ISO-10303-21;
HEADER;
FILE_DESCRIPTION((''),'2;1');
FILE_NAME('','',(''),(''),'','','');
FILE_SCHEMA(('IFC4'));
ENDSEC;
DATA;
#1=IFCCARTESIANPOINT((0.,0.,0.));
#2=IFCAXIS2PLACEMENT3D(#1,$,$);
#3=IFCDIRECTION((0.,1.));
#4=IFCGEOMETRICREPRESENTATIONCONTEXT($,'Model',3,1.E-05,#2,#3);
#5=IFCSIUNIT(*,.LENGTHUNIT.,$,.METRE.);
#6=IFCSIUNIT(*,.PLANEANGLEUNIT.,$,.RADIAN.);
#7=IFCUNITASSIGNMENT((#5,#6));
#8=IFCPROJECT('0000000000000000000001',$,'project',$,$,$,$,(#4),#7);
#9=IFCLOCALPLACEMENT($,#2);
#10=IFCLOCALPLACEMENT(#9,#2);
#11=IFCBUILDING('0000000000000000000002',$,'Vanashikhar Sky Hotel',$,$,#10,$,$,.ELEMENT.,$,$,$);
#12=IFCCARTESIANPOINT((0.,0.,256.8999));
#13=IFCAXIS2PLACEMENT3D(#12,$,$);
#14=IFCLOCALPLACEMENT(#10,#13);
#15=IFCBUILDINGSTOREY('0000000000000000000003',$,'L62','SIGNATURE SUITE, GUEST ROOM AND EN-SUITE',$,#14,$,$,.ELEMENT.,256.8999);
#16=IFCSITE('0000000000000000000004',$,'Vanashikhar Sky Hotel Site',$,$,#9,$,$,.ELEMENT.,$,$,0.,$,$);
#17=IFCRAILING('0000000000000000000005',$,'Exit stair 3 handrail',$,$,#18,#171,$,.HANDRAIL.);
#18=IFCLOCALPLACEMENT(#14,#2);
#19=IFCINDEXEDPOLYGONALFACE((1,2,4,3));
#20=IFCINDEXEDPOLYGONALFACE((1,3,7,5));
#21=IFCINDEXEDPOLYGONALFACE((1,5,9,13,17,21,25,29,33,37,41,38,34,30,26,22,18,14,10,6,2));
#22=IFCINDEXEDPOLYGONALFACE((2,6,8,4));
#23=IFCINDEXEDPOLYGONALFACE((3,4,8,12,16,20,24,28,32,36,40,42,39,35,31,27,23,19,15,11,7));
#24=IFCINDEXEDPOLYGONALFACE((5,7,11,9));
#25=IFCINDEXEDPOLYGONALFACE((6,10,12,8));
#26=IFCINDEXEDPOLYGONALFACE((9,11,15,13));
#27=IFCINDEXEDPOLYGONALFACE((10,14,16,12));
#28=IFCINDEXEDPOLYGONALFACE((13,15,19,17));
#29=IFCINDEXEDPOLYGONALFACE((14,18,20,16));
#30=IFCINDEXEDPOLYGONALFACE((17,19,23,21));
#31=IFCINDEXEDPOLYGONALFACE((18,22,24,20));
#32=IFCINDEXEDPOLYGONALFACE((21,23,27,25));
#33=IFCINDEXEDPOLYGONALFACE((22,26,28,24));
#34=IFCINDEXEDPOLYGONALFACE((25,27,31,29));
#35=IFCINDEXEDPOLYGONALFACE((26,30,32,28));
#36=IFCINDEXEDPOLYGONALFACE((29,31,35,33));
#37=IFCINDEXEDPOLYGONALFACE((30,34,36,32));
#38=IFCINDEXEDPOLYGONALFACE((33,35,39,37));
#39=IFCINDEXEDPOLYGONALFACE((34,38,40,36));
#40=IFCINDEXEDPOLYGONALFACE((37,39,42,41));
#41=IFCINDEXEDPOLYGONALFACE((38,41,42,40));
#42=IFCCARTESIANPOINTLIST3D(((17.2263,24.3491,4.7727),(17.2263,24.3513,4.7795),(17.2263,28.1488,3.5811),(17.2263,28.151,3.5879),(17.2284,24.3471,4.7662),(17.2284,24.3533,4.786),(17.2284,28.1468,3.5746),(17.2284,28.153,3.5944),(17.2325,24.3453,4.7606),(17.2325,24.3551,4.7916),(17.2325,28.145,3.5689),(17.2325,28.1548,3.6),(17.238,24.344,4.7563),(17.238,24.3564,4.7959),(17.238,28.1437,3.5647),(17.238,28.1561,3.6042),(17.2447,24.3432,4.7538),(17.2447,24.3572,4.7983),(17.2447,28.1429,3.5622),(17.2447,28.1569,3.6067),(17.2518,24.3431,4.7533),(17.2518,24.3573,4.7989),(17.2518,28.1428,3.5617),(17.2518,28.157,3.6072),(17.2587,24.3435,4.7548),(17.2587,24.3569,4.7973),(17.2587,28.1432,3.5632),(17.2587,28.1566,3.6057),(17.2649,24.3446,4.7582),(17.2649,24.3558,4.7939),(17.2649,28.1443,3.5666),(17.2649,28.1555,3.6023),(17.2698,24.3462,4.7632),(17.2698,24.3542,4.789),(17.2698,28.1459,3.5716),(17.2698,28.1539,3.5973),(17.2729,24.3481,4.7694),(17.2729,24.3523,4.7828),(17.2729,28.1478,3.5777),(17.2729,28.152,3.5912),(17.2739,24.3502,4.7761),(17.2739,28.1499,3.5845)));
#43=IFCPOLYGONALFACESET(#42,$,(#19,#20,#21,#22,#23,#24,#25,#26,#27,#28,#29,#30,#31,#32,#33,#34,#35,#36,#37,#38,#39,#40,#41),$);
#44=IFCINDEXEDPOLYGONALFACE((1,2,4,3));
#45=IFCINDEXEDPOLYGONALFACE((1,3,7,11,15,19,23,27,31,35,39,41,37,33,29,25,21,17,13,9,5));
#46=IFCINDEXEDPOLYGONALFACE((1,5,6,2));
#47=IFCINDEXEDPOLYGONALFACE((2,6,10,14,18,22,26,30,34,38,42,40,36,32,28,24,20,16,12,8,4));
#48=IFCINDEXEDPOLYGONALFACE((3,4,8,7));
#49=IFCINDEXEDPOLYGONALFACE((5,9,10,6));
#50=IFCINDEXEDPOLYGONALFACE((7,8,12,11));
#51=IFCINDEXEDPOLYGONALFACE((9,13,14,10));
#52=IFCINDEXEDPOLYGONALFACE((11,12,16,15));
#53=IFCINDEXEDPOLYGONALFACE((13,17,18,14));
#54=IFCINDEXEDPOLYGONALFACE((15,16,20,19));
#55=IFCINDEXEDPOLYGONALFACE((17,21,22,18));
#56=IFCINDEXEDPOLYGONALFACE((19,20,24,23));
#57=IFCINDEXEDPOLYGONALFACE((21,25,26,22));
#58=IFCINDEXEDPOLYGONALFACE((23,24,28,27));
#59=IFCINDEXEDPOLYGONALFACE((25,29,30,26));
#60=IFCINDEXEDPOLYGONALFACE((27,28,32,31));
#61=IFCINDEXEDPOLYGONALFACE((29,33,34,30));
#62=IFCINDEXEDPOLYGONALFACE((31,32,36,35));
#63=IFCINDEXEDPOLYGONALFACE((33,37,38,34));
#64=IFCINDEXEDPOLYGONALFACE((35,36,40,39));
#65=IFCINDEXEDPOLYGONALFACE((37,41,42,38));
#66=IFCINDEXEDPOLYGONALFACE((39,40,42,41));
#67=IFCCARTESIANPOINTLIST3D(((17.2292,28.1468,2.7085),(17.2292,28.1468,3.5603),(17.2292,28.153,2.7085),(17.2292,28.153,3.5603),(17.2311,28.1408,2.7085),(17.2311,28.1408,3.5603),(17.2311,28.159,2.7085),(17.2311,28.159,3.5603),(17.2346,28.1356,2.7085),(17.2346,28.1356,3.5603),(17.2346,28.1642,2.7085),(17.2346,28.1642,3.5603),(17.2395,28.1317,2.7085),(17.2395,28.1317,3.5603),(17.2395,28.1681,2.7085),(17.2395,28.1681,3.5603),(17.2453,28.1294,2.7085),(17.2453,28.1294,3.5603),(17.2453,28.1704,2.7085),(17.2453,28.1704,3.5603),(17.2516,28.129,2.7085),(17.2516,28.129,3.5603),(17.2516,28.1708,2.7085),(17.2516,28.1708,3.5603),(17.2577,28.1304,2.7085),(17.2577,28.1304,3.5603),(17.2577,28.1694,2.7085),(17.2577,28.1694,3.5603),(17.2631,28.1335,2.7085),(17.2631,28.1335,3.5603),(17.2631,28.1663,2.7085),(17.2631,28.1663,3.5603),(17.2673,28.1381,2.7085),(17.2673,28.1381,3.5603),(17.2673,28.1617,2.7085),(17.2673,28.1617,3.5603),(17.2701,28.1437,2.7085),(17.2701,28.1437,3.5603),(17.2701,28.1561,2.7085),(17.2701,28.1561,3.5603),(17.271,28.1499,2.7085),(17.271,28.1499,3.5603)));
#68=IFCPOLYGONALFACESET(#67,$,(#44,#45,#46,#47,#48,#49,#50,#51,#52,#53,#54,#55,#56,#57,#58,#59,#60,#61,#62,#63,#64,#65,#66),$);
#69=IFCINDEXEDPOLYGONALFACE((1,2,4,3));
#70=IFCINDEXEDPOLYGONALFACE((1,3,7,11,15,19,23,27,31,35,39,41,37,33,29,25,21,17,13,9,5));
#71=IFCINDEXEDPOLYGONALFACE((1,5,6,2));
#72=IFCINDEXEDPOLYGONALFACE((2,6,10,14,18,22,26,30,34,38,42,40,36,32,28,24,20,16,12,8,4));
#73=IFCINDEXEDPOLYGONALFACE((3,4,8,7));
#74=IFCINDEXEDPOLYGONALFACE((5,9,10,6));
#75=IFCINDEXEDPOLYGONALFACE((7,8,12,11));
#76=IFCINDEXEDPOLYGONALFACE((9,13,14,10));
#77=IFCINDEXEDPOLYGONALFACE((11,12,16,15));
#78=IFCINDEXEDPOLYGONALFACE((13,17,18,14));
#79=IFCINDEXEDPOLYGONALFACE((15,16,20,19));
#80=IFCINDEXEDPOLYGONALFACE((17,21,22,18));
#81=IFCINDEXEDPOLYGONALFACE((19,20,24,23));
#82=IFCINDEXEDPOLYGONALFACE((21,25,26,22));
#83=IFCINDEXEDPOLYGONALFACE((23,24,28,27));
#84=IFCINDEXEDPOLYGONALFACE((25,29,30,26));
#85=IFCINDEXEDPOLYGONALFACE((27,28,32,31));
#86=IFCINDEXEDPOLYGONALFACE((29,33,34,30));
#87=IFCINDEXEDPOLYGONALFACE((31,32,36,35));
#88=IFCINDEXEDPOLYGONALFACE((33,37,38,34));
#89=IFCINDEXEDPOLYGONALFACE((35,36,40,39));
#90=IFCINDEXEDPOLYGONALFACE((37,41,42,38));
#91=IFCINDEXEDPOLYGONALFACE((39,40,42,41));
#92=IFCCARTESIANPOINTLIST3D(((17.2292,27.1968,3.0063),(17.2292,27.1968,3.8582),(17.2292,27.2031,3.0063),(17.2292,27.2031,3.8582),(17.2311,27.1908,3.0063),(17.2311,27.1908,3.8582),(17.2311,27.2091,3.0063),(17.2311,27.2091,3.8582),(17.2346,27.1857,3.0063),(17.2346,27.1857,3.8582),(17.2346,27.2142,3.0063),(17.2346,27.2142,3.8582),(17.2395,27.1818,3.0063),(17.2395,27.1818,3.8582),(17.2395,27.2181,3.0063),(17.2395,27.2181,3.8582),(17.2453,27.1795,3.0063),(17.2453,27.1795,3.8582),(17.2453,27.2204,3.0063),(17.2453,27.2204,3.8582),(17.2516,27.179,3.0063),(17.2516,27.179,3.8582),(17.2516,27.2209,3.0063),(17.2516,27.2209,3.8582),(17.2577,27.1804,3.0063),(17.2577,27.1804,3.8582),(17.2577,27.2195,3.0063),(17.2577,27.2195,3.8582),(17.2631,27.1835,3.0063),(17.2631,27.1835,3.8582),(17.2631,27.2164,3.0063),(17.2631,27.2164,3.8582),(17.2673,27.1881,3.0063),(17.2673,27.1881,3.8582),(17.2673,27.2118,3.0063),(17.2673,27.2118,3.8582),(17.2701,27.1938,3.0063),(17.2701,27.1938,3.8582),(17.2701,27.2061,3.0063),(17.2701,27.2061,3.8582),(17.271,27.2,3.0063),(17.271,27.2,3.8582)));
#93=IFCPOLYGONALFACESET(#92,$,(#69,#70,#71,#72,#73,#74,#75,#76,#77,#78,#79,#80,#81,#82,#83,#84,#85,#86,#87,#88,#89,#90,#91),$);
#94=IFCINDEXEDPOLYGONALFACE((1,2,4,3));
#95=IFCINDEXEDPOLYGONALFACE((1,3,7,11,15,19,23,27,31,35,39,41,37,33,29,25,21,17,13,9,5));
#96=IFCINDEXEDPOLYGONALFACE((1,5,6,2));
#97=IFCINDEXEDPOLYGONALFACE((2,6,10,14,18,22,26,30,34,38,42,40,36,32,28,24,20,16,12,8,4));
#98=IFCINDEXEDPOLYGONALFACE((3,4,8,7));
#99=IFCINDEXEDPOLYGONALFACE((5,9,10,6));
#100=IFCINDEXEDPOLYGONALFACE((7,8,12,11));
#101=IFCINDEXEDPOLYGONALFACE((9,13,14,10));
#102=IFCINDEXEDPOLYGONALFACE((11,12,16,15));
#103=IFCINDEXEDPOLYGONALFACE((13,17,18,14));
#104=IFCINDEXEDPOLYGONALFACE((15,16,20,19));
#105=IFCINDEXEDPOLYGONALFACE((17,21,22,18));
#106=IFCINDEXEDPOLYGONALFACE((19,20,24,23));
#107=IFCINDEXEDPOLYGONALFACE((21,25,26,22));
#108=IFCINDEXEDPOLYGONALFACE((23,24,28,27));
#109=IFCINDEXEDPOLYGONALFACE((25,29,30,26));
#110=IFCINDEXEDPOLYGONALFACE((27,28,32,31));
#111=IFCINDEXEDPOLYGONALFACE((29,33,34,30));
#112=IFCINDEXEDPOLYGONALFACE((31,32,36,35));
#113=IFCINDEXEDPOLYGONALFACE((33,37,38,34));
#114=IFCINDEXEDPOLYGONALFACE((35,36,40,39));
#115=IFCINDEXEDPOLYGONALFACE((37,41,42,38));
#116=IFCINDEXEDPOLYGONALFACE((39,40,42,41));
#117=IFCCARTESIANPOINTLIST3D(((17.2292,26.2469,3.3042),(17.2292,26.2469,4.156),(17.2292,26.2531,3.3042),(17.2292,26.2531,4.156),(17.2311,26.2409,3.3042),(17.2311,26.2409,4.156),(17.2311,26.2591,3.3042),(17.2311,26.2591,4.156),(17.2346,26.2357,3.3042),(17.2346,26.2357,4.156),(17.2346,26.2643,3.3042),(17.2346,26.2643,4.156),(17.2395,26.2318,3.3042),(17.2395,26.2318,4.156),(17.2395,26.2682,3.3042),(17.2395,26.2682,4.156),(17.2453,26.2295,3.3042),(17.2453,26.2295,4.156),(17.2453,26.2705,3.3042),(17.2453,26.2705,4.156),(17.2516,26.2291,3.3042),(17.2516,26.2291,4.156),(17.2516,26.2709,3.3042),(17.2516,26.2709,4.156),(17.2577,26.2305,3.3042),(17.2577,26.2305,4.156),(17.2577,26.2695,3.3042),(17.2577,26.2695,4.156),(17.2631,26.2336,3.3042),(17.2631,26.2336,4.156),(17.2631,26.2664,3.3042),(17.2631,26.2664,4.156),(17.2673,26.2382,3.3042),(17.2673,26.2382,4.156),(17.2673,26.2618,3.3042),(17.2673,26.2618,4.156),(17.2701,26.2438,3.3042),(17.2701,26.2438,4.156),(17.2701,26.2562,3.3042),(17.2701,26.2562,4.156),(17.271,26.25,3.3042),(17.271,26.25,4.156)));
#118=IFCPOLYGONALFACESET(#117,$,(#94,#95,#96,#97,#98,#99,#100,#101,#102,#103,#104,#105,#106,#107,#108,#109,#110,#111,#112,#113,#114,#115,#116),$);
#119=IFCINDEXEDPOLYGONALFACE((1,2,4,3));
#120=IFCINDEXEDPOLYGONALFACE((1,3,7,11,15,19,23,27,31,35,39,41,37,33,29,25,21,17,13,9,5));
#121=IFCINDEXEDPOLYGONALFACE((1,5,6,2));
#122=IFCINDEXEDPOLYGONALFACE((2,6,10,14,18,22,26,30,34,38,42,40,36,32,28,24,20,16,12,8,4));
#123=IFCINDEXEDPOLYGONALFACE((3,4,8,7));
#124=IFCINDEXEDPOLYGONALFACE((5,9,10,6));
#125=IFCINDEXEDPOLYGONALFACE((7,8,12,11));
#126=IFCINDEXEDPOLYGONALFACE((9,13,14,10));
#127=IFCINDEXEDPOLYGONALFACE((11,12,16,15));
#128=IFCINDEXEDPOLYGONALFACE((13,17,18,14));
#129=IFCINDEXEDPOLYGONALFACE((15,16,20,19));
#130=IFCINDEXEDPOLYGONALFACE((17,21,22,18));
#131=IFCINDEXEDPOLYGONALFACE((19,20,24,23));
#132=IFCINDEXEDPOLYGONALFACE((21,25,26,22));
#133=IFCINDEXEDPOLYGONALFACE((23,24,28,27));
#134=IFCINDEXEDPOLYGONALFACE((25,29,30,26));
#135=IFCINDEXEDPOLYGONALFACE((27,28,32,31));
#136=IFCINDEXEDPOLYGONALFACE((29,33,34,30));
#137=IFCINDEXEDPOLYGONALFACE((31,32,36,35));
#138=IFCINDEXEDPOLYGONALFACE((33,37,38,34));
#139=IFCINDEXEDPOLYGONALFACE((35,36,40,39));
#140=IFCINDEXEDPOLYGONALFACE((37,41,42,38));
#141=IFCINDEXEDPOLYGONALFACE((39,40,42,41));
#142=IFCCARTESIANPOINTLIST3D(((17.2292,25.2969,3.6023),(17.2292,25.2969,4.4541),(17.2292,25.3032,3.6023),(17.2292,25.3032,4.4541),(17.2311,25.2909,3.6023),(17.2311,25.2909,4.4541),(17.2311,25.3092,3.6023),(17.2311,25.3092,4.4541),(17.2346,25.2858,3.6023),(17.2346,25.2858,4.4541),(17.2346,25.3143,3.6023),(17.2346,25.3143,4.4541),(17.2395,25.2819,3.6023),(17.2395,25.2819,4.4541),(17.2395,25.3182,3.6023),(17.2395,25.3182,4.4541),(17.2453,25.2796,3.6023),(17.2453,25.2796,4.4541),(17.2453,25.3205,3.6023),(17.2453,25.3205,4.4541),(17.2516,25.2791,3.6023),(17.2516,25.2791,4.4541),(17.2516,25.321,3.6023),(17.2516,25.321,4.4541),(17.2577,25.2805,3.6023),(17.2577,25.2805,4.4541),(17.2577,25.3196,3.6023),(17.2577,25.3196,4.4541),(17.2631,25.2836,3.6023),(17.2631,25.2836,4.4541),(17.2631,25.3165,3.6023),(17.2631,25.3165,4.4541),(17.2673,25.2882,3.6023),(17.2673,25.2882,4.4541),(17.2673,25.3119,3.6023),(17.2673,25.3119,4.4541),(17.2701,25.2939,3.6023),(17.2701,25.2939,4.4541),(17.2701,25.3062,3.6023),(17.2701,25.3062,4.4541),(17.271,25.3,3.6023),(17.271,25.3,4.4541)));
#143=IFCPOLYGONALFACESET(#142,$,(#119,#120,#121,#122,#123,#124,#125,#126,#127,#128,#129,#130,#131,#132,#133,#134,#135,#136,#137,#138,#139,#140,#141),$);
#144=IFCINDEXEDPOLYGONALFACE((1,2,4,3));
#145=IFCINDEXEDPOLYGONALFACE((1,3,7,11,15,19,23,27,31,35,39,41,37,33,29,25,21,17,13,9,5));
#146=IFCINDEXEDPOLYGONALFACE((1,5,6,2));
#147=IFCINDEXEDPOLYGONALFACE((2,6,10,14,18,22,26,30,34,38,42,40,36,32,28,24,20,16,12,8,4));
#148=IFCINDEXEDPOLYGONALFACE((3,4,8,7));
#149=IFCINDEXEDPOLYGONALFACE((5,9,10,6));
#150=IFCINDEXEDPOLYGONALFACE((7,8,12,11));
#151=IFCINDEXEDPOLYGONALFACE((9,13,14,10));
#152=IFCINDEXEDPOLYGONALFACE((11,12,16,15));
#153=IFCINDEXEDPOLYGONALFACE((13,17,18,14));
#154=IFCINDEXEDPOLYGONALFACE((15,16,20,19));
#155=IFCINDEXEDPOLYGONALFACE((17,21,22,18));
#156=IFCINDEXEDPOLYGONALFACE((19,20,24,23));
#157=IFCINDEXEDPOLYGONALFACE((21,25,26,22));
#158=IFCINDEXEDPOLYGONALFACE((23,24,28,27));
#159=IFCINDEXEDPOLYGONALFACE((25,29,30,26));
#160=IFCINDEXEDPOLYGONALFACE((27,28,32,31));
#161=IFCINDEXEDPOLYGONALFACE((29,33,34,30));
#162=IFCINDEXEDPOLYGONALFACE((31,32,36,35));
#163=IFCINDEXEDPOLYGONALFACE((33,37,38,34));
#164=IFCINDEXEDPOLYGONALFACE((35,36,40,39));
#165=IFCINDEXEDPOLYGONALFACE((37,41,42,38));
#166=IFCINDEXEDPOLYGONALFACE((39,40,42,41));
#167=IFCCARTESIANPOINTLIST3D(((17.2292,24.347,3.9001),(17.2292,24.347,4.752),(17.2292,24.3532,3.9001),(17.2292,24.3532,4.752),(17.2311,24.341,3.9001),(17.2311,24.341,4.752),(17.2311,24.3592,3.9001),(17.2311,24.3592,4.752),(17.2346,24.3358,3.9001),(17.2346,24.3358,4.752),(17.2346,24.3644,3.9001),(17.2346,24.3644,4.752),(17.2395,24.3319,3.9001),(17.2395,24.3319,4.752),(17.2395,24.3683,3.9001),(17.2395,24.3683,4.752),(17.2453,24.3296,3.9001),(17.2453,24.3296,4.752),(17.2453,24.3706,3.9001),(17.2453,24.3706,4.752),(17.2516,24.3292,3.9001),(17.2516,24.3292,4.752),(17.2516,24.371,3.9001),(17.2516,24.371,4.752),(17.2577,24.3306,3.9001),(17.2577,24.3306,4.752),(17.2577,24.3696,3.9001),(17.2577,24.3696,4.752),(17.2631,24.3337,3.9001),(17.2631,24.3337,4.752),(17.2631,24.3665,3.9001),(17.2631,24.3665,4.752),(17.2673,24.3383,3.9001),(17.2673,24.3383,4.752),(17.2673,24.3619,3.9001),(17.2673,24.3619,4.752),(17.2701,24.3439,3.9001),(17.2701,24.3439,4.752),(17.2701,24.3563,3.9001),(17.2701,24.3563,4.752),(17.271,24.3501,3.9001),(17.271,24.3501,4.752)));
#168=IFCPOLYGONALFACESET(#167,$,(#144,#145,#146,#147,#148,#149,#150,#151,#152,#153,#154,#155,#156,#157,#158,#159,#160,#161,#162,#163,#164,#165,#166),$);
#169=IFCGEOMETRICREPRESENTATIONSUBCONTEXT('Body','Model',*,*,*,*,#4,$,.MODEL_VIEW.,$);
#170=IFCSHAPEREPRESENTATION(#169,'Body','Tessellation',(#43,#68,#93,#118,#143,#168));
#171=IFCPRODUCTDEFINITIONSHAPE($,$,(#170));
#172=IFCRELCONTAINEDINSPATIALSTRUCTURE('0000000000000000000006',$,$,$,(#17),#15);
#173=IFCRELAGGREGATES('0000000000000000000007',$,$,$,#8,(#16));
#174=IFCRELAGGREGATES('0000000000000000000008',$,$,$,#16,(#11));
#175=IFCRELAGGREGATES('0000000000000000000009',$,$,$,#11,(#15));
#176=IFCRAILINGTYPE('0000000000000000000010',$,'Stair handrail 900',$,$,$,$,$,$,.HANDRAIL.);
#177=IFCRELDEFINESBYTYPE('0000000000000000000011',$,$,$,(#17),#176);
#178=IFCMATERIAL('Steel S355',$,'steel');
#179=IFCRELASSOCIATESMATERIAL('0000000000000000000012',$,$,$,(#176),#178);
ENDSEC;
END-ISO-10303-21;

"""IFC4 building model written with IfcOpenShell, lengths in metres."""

from ifc_helpers import new_model, si_unit, direction, frame, origin, origin_2d, place, context, subcontext, project, spatial, circle, extrude, source, transform, mapped, material, type_object, element, save


model = new_model("IFC4")

# Units and contexts
model_context = context("Model", 3, precision=1e-05, world=origin(), true_north=direction((0.0, 1.0)))
body_context = subcontext(model_context, "Body", "Model", "MODEL_VIEW")
ifc_project = project(units=[si_unit("LENGTHUNIT", "METRE"), si_unit("PLANEANGLEUNIT", "RADIAN")], contexts=[model_context])

# Site, building, storey
site_placement = place(None, origin())
site = spatial("IfcSite", under=ifc_project, at=site_placement, Name="Vanashikhar Sky Hotel Site", CompositionType="ELEMENT", RefElevation=0.0)
building_placement = place(site_placement, origin())
building = spatial("IfcBuilding", under=site, at=building_placement, Name="Vanashikhar Sky Hotel", CompositionType="ELEMENT")
storey_placement = place(building_placement, frame((0.0, 0.0, 256.8999)))
storey = spatial("IfcBuildingStorey", under=building, at=storey_placement, Name="L62", Description="SIGNATURE SUITE, GUEST ROOM AND EN-SUITE", CompositionType="ELEMENT", Elevation=256.8999)

# Railing
ifc_material_1 = material(Name="Steel S355", Category="steel")
railing_type_1 = type_object("IfcRailingType", Name="Stair handrail 900", PredefinedType="HANDRAIL", material=ifc_material_1)
shared_shape_1 = source(origin(), body_context, "Body", "SweptSolid", [
    extrude(circle(Radius=0.0239, at=origin_2d()), frame((0.0, 0.0, 0.876), z_axis=(0.0, -0.954178, 0.299238), x_axis=(1.0, 0.0, 0.0)), (0.0, 0.0, 1.0), 3.9822),
    extrude(circle(Radius=0.021, at=origin_2d()), origin(), (0.0, 0.0, 1.0), 0.8518),
    extrude(circle(Radius=0.021, at=origin_2d()), frame((0.0, -0.95, 0.2979)), (0.0, 0.0, 1.0), 0.8518),
    extrude(circle(Radius=0.021, at=origin_2d()), frame((0.0, -1.8999, 0.5957)), (0.0, 0.0, 1.0), 0.8518),
    extrude(circle(Radius=0.021, at=origin_2d()), frame((0.0, -2.8499, 0.8938)), (0.0, 0.0, 1.0), 0.8518),
    extrude(circle(Radius=0.021, at=origin_2d()), frame((0.0, -3.7998, 1.1917)), (0.0, 0.0, 1.0), 0.8518),
])
for number, where, name in (
    (1, (17.25, 28.1499, 2.7085), "Exit stair 3 handrail"),
):
    element("IfcRailing", number, at=place(storey_placement, frame(where)), inside=storey, type_object=railing_type_1, Name=name, PredefinedType="HANDRAIL", context=body_context, shape_type="MappedRepresentation", body=[
        mapped(shared_shape_1, transform((0.0, 0.0, 0.0), scale=1.0)),
    ])

save(model, "model.ifc")
